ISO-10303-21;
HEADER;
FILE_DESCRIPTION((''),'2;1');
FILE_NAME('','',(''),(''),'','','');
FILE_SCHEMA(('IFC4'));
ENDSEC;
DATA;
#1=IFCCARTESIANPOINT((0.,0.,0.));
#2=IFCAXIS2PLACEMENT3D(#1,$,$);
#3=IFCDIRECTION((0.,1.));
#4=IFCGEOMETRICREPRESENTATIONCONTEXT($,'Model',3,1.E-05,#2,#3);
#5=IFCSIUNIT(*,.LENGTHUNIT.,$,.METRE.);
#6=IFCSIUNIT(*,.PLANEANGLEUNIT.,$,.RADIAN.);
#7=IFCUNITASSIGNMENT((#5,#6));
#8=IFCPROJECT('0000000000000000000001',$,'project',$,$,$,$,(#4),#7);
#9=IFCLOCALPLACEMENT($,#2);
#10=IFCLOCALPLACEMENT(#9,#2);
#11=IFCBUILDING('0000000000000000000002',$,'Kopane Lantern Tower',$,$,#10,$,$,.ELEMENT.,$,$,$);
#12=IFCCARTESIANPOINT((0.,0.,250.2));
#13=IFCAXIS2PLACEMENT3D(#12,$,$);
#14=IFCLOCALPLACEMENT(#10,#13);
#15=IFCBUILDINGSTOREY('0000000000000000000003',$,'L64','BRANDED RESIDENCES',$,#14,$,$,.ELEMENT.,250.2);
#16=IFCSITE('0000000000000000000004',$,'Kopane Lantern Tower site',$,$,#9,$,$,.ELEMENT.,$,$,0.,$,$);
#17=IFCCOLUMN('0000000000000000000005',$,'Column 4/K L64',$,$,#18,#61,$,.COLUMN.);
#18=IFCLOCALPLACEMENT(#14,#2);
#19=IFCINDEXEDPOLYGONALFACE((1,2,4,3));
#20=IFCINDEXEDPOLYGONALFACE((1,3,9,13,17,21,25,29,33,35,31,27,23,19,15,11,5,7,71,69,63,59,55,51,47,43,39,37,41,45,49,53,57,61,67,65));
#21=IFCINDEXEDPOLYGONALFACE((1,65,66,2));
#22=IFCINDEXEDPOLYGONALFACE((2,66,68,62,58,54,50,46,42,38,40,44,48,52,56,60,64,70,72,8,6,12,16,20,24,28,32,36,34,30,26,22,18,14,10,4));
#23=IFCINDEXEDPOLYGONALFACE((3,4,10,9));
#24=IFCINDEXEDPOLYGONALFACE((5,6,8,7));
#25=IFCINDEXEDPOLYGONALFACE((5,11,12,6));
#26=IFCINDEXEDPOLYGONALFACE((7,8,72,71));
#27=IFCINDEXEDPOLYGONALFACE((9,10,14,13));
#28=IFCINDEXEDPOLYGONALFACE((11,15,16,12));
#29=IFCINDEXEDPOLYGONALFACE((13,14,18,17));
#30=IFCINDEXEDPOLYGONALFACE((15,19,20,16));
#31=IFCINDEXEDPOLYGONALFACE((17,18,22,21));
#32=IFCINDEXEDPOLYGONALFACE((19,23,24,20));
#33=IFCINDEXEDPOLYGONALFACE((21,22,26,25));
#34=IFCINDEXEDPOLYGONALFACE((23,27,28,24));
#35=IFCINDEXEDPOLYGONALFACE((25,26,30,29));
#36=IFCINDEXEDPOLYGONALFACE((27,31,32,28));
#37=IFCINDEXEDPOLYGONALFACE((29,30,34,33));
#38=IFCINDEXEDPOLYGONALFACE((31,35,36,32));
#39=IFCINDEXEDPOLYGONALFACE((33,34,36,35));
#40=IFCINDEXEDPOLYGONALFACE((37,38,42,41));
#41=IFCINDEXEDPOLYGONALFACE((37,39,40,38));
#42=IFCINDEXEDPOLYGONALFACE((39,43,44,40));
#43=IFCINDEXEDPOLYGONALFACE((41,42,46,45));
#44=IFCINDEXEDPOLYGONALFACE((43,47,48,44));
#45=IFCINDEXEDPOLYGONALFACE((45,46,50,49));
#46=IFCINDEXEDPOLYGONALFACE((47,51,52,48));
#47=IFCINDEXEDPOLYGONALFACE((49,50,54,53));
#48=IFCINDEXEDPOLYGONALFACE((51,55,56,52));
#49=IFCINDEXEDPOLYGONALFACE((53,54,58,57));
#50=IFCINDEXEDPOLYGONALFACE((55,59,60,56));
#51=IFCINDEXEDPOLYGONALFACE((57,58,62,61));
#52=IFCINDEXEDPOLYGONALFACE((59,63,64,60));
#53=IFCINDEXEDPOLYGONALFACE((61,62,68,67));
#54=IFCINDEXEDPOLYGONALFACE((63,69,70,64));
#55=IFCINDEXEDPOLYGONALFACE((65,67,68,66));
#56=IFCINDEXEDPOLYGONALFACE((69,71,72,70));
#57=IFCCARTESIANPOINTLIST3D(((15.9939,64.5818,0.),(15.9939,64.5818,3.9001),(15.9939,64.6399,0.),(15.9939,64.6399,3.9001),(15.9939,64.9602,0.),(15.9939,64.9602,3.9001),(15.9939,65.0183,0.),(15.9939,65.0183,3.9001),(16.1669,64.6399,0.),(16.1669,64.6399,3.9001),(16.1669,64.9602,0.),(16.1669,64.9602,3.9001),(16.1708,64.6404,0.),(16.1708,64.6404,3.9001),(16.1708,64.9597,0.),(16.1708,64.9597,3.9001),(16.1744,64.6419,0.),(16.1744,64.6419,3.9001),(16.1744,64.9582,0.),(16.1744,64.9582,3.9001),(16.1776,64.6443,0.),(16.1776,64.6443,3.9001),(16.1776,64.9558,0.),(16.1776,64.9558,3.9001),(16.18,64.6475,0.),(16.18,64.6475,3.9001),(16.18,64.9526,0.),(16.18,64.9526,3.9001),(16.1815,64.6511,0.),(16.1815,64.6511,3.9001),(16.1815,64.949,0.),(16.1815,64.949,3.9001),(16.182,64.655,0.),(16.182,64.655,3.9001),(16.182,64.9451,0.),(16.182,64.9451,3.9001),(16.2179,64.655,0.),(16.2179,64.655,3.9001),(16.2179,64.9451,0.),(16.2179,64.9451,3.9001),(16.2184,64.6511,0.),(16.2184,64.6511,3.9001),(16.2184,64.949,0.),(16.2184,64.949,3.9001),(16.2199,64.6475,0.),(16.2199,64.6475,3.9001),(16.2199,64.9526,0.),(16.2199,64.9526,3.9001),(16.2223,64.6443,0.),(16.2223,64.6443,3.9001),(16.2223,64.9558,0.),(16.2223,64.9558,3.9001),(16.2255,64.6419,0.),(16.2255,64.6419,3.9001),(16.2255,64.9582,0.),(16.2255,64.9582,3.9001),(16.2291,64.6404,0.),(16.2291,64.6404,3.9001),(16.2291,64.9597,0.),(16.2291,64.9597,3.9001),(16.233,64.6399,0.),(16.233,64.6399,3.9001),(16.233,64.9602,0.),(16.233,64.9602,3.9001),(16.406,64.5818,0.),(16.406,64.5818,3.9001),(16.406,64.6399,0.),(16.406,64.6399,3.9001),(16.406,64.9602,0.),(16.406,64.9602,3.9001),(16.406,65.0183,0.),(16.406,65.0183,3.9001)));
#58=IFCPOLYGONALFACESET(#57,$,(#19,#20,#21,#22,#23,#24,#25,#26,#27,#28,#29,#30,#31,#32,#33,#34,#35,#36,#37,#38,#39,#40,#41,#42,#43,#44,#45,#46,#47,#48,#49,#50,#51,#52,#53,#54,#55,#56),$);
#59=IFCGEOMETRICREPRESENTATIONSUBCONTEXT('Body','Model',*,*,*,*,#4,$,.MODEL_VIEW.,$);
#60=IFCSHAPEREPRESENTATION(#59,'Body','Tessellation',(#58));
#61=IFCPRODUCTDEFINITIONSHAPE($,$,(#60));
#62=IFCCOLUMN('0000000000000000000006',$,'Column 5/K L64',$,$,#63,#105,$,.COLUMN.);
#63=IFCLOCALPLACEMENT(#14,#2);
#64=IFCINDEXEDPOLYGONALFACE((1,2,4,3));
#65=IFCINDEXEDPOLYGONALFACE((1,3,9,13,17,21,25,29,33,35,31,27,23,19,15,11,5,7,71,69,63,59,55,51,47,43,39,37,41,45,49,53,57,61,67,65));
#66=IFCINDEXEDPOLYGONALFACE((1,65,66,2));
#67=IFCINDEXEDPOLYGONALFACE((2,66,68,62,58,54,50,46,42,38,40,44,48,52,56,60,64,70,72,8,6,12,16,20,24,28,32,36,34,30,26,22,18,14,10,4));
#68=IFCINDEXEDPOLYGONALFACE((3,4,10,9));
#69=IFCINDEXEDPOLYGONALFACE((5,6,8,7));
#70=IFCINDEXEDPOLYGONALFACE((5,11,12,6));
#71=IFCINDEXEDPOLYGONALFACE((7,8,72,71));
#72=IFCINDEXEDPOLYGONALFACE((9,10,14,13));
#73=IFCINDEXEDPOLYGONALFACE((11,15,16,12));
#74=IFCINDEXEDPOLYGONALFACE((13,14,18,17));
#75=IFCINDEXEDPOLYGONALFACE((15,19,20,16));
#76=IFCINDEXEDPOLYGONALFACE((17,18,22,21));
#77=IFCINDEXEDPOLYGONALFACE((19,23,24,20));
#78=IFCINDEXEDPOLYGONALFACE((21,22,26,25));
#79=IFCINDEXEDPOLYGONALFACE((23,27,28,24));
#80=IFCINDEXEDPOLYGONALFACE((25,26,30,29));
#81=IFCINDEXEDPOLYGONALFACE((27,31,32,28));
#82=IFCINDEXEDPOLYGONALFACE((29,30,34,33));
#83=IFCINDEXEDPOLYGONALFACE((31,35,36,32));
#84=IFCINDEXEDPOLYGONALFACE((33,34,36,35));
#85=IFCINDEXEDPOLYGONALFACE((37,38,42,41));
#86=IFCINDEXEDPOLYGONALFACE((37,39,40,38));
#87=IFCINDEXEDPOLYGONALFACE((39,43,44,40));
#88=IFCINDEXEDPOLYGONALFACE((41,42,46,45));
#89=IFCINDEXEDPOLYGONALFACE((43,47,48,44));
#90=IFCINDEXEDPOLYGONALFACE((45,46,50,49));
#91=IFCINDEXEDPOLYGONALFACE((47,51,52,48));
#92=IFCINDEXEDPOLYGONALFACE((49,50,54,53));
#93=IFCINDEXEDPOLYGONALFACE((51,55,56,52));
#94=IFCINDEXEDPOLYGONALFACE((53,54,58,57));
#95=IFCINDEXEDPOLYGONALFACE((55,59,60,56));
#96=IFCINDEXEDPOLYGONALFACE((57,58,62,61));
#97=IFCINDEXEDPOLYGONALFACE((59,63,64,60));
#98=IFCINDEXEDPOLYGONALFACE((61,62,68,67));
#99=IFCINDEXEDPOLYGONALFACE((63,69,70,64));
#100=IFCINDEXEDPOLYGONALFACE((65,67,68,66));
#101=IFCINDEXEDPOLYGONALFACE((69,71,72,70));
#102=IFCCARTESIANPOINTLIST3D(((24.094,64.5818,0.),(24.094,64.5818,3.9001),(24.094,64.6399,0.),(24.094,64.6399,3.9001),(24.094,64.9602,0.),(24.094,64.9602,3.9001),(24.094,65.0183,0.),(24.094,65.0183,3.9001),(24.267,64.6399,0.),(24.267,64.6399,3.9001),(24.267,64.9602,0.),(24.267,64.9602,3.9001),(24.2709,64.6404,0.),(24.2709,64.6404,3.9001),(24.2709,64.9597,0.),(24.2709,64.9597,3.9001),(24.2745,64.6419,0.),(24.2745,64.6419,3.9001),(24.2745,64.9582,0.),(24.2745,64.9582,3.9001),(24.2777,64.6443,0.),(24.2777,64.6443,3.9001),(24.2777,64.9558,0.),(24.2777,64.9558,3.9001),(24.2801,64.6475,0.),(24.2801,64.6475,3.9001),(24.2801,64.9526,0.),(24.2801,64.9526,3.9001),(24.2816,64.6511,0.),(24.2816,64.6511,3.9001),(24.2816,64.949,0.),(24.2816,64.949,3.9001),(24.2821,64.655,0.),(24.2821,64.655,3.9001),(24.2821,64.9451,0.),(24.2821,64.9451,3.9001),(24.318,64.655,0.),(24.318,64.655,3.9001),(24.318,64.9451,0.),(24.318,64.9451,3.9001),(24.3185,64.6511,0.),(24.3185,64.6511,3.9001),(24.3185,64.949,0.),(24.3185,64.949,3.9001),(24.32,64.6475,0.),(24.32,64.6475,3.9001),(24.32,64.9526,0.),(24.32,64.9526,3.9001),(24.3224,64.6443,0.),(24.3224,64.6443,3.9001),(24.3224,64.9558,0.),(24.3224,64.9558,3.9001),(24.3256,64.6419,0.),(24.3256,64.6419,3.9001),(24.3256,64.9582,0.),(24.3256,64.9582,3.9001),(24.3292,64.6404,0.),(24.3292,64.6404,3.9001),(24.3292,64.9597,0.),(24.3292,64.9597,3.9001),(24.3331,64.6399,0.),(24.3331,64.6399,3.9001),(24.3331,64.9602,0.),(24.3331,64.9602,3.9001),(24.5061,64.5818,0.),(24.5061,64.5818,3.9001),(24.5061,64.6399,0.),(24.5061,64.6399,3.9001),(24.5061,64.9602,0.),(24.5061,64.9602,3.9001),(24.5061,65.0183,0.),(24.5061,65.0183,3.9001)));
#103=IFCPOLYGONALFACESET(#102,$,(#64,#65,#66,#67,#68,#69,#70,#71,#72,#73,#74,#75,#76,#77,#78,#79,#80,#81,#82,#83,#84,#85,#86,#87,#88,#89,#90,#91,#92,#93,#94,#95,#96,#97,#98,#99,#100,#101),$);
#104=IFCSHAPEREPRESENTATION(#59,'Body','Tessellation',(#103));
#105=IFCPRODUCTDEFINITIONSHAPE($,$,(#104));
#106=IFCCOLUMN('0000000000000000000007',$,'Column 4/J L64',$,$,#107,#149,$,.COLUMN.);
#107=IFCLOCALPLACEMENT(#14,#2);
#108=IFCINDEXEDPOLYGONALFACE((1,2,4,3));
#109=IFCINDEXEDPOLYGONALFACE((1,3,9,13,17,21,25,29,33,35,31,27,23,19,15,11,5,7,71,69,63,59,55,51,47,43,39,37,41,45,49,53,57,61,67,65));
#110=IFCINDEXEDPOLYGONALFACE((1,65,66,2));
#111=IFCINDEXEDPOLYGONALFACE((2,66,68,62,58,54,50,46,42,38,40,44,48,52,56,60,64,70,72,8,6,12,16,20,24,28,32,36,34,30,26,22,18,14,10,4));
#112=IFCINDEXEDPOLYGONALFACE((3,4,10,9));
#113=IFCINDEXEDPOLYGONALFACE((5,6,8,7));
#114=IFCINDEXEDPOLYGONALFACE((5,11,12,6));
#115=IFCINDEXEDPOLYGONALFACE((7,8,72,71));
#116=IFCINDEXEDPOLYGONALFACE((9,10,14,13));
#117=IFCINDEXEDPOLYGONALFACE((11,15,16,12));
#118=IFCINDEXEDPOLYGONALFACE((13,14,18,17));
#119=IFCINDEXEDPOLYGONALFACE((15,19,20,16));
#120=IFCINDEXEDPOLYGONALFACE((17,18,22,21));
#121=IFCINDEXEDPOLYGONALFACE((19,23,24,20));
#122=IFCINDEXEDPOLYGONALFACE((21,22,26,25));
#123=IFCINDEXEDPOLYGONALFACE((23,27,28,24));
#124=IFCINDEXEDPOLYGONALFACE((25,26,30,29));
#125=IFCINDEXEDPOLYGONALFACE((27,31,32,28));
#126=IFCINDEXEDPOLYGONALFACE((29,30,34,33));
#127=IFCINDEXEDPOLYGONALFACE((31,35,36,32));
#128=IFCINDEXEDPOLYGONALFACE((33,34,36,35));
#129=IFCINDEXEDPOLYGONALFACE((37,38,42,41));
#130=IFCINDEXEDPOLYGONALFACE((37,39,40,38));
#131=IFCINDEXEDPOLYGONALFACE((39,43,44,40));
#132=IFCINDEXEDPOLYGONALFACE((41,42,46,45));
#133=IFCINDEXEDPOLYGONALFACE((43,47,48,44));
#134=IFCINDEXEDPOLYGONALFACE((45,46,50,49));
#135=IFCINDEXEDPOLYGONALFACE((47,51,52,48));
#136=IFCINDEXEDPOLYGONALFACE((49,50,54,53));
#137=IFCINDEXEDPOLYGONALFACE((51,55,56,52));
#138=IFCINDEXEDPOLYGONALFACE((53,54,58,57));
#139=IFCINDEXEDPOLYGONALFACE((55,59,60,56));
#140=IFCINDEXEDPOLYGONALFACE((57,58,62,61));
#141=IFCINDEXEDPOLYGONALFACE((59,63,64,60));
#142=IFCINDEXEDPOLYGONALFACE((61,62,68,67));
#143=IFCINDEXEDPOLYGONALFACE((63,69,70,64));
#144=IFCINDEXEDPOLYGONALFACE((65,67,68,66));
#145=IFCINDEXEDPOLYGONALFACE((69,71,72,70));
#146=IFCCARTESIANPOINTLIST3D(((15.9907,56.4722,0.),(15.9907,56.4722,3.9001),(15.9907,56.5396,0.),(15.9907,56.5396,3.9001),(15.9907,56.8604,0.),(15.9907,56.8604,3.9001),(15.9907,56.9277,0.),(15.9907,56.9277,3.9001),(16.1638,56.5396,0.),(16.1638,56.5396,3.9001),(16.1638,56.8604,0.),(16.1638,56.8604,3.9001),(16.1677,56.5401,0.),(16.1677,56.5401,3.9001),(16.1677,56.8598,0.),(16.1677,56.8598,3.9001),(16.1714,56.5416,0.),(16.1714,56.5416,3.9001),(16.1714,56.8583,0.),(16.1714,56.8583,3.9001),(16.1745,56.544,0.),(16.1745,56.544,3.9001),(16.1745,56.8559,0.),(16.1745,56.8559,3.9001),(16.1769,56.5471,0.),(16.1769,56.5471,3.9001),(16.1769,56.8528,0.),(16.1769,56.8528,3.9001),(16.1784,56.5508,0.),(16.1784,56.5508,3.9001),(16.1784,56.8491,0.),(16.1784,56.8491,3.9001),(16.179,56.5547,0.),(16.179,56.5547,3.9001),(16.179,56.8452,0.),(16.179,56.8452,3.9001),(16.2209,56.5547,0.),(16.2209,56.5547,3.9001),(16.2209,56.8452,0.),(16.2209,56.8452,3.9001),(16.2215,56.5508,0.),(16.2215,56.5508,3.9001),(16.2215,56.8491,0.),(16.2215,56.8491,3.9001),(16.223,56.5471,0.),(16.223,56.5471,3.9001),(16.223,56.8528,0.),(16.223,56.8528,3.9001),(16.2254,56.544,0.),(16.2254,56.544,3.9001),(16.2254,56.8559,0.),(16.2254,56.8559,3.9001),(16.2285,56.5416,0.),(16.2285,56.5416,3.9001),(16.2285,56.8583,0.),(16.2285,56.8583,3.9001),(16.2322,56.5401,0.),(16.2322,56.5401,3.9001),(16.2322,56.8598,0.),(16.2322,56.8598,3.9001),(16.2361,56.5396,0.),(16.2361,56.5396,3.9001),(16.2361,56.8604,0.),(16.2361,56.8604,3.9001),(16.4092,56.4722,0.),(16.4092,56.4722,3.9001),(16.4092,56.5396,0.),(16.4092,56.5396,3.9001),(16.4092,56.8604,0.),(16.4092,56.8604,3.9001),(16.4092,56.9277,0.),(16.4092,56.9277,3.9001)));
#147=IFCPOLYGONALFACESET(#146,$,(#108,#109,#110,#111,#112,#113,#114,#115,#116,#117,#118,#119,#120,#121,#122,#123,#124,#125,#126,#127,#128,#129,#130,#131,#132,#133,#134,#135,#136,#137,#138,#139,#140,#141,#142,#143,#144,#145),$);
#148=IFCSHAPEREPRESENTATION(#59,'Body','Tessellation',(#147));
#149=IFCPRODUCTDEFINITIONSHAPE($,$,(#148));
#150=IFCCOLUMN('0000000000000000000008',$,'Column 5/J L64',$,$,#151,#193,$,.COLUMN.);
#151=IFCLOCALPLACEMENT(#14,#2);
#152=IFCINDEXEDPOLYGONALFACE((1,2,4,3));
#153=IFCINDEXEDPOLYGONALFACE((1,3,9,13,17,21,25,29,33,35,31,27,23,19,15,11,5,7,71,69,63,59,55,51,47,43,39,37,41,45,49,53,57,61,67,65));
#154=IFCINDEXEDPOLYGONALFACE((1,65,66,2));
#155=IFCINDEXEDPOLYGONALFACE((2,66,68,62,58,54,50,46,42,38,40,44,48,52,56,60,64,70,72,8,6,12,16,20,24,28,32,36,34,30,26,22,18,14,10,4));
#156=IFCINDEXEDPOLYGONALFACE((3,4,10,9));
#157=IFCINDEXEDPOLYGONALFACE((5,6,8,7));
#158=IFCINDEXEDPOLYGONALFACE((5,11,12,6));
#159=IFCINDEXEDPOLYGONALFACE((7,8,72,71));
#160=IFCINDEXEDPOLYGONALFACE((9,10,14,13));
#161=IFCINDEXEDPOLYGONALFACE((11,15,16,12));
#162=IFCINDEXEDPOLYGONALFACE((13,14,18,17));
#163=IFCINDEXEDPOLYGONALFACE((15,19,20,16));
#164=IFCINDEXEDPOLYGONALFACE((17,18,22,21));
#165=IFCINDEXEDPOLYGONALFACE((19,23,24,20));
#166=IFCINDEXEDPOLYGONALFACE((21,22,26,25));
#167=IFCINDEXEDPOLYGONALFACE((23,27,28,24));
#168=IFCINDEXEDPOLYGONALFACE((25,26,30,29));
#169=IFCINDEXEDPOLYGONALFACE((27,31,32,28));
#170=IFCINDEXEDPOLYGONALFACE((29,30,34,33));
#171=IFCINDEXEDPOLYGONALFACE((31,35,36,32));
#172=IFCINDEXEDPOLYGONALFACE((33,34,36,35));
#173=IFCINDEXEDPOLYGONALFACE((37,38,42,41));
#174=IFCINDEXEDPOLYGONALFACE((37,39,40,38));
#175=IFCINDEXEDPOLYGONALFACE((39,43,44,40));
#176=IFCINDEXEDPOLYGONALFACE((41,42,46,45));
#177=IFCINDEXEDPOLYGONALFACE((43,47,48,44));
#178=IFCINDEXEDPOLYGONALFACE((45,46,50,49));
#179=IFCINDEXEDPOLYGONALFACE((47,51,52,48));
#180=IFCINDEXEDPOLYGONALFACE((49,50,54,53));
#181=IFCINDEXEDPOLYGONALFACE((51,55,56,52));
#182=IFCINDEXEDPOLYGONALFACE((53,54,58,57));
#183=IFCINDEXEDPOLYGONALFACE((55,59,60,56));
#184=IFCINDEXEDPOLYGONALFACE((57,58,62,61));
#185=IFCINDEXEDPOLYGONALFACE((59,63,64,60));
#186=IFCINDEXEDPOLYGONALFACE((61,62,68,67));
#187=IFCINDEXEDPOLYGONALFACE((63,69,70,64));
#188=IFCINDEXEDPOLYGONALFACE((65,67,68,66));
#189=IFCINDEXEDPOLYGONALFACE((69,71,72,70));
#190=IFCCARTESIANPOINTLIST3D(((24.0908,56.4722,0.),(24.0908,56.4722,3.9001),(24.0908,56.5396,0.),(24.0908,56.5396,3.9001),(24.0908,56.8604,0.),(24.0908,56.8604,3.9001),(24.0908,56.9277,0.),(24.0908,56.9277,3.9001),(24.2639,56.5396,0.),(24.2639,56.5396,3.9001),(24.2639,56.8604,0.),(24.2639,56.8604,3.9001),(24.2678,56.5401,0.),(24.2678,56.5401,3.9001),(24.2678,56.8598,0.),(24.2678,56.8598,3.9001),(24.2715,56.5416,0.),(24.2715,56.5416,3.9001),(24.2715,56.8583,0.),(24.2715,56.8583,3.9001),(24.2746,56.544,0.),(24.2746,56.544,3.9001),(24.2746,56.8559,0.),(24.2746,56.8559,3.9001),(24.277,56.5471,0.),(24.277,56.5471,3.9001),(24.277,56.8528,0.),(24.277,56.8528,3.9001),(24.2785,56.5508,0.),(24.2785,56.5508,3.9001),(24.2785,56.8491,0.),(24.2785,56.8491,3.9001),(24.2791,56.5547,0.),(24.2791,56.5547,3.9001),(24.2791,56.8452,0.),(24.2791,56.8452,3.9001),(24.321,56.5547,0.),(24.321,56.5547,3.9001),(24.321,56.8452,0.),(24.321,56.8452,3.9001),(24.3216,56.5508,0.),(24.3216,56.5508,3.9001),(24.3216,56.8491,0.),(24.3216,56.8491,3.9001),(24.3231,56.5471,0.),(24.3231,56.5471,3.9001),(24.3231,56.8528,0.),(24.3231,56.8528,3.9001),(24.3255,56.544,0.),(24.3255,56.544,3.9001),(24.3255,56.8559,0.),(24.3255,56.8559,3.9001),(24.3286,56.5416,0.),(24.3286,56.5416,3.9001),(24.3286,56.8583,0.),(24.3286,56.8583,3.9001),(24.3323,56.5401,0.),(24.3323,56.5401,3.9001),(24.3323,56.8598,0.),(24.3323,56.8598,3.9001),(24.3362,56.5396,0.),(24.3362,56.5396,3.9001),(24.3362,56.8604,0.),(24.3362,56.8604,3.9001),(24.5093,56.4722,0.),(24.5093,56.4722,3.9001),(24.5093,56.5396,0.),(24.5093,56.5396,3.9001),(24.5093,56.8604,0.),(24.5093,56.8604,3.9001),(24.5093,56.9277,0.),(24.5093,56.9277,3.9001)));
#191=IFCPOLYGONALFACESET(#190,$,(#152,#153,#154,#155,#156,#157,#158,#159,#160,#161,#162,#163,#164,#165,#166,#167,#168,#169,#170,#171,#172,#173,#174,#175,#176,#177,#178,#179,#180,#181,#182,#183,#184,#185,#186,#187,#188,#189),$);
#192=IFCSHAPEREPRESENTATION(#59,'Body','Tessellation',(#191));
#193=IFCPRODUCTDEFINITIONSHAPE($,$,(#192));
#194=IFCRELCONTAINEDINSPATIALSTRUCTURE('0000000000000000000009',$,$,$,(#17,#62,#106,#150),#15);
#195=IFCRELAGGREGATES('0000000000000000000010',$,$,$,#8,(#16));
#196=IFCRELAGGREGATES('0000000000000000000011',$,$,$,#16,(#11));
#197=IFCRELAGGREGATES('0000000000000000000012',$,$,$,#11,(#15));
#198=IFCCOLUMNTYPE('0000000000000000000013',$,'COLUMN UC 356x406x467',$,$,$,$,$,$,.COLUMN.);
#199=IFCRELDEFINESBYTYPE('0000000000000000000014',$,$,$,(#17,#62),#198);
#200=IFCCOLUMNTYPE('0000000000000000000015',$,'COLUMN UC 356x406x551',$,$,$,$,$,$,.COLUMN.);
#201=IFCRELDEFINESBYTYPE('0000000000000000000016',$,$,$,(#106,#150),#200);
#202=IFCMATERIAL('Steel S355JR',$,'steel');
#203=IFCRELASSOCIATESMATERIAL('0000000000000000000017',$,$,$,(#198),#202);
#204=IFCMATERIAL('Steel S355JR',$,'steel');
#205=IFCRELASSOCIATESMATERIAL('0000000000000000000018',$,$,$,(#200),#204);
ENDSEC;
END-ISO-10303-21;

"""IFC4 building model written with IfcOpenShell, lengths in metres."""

from ifc_helpers import new_model, si_unit, direction, frame, origin, origin_2d, place, context, subcontext, project, spatial, i_section, extrude, material, material_profile, profile_set, type_object, element, save


model = new_model("IFC4")

# Units and contexts
model_context = context("Model", 3, precision=1e-05, world=origin(), true_north=direction((0.0, 1.0)))
body_context = subcontext(model_context, "Body", "Model", "MODEL_VIEW")
ifc_project = project(units=[si_unit("LENGTHUNIT", "METRE"), si_unit("PLANEANGLEUNIT", "RADIAN")], contexts=[model_context])

# Site, building, storey
site_placement = place(None, origin())
site = spatial("IfcSite", under=ifc_project, at=site_placement, Name="Kopane Lantern Tower site", CompositionType="ELEMENT", RefElevation=0.0)
building_placement = place(site_placement, origin())
building = spatial("IfcBuilding", under=site, at=building_placement, Name="Kopane Lantern Tower", CompositionType="ELEMENT")
storey_placement = place(building_placement, frame((0.0, 0.0, 250.2)))
storey = spatial("IfcBuildingStorey", under=building, at=storey_placement, Name="L64", Description="BRANDED RESIDENCES", CompositionType="ELEMENT", Elevation=250.2)

# Columns
ifc_material_1 = material(Name="Steel S355JR", Category="steel")
ifc_material_profile_1 = material_profile(ifc_material_1, i_section(OverallWidth=0.4121, OverallDepth=0.4365, WebThickness=0.0359, FlangeThickness=0.0581, FilletRadius=0.0151, at=origin_2d()), Name="UC 356x406x467")
ifc_profile_set_1 = profile_set([ifc_material_profile_1], Name="Steel S355JR")
column_type_1 = type_object("IfcColumnType", Name="COLUMN UC 356x406x467", PredefinedType="COLUMN", material=ifc_profile_set_1)
for number, where, z_axis, x_axis, name in (
    (1, (16.2, 64.8, 0.0), (0.0, 0.0, 1.0), (1.0, 0.0, 0.0), "Column 4/K L64"),
    (2, (24.3, 64.8, 0.0), (0.0, 0.0, 1.0), (1.0, 0.0, 0.0), "Column 5/K L64"),
):
    element("IfcColumn", number, at=place(storey_placement, frame(where, z_axis=z_axis, x_axis=x_axis)), inside=storey, type_object=column_type_1, Name=name, PredefinedType="COLUMN", context=body_context, shape_type="SweptSolid", body=[
        extrude(i_section(OverallWidth=0.4121, OverallDepth=0.4365, WebThickness=0.0359, FlangeThickness=0.0581, FilletRadius=0.0151, at=origin_2d()), origin(), (0.0, 0.0, 1.0), 3.9001),
    ])
ifc_material_2 = material(Name="Steel S355JR", Category="steel")
ifc_material_profile_2 = material_profile(ifc_material_2, i_section(OverallWidth=0.4185, OverallDepth=0.4556, WebThickness=0.042, FlangeThickness=0.0674, FilletRadius=0.0151, at=origin_2d()), Name="UC 356x406x551")
ifc_profile_set_2 = profile_set([ifc_material_profile_2], Name="Steel S355JR")
column_type_2 = type_object("IfcColumnType", Name="COLUMN UC 356x406x551", PredefinedType="COLUMN", material=ifc_profile_set_2)
for number, where, z_axis, x_axis, name in (
    (3, (16.2, 56.7, 0.0), (0.0, 0.0, 1.0), (1.0, 0.0, 0.0), "Column 4/J L64"),
    (4, (24.3, 56.7, 0.0), (0.0, 0.0, 1.0), (1.0, 0.0, 0.0), "Column 5/J L64"),
):
    element("IfcColumn", number, at=place(storey_placement, frame(where, z_axis=z_axis, x_axis=x_axis)), inside=storey, type_object=column_type_2, Name=name, PredefinedType="COLUMN", context=body_context, shape_type="SweptSolid", body=[
        extrude(i_section(OverallWidth=0.4185, OverallDepth=0.4556, WebThickness=0.042, FlangeThickness=0.0674, FilletRadius=0.0151, at=origin_2d()), origin(), (0.0, 0.0, 1.0), 3.9001),
    ])

save(model, "model.ifc")
